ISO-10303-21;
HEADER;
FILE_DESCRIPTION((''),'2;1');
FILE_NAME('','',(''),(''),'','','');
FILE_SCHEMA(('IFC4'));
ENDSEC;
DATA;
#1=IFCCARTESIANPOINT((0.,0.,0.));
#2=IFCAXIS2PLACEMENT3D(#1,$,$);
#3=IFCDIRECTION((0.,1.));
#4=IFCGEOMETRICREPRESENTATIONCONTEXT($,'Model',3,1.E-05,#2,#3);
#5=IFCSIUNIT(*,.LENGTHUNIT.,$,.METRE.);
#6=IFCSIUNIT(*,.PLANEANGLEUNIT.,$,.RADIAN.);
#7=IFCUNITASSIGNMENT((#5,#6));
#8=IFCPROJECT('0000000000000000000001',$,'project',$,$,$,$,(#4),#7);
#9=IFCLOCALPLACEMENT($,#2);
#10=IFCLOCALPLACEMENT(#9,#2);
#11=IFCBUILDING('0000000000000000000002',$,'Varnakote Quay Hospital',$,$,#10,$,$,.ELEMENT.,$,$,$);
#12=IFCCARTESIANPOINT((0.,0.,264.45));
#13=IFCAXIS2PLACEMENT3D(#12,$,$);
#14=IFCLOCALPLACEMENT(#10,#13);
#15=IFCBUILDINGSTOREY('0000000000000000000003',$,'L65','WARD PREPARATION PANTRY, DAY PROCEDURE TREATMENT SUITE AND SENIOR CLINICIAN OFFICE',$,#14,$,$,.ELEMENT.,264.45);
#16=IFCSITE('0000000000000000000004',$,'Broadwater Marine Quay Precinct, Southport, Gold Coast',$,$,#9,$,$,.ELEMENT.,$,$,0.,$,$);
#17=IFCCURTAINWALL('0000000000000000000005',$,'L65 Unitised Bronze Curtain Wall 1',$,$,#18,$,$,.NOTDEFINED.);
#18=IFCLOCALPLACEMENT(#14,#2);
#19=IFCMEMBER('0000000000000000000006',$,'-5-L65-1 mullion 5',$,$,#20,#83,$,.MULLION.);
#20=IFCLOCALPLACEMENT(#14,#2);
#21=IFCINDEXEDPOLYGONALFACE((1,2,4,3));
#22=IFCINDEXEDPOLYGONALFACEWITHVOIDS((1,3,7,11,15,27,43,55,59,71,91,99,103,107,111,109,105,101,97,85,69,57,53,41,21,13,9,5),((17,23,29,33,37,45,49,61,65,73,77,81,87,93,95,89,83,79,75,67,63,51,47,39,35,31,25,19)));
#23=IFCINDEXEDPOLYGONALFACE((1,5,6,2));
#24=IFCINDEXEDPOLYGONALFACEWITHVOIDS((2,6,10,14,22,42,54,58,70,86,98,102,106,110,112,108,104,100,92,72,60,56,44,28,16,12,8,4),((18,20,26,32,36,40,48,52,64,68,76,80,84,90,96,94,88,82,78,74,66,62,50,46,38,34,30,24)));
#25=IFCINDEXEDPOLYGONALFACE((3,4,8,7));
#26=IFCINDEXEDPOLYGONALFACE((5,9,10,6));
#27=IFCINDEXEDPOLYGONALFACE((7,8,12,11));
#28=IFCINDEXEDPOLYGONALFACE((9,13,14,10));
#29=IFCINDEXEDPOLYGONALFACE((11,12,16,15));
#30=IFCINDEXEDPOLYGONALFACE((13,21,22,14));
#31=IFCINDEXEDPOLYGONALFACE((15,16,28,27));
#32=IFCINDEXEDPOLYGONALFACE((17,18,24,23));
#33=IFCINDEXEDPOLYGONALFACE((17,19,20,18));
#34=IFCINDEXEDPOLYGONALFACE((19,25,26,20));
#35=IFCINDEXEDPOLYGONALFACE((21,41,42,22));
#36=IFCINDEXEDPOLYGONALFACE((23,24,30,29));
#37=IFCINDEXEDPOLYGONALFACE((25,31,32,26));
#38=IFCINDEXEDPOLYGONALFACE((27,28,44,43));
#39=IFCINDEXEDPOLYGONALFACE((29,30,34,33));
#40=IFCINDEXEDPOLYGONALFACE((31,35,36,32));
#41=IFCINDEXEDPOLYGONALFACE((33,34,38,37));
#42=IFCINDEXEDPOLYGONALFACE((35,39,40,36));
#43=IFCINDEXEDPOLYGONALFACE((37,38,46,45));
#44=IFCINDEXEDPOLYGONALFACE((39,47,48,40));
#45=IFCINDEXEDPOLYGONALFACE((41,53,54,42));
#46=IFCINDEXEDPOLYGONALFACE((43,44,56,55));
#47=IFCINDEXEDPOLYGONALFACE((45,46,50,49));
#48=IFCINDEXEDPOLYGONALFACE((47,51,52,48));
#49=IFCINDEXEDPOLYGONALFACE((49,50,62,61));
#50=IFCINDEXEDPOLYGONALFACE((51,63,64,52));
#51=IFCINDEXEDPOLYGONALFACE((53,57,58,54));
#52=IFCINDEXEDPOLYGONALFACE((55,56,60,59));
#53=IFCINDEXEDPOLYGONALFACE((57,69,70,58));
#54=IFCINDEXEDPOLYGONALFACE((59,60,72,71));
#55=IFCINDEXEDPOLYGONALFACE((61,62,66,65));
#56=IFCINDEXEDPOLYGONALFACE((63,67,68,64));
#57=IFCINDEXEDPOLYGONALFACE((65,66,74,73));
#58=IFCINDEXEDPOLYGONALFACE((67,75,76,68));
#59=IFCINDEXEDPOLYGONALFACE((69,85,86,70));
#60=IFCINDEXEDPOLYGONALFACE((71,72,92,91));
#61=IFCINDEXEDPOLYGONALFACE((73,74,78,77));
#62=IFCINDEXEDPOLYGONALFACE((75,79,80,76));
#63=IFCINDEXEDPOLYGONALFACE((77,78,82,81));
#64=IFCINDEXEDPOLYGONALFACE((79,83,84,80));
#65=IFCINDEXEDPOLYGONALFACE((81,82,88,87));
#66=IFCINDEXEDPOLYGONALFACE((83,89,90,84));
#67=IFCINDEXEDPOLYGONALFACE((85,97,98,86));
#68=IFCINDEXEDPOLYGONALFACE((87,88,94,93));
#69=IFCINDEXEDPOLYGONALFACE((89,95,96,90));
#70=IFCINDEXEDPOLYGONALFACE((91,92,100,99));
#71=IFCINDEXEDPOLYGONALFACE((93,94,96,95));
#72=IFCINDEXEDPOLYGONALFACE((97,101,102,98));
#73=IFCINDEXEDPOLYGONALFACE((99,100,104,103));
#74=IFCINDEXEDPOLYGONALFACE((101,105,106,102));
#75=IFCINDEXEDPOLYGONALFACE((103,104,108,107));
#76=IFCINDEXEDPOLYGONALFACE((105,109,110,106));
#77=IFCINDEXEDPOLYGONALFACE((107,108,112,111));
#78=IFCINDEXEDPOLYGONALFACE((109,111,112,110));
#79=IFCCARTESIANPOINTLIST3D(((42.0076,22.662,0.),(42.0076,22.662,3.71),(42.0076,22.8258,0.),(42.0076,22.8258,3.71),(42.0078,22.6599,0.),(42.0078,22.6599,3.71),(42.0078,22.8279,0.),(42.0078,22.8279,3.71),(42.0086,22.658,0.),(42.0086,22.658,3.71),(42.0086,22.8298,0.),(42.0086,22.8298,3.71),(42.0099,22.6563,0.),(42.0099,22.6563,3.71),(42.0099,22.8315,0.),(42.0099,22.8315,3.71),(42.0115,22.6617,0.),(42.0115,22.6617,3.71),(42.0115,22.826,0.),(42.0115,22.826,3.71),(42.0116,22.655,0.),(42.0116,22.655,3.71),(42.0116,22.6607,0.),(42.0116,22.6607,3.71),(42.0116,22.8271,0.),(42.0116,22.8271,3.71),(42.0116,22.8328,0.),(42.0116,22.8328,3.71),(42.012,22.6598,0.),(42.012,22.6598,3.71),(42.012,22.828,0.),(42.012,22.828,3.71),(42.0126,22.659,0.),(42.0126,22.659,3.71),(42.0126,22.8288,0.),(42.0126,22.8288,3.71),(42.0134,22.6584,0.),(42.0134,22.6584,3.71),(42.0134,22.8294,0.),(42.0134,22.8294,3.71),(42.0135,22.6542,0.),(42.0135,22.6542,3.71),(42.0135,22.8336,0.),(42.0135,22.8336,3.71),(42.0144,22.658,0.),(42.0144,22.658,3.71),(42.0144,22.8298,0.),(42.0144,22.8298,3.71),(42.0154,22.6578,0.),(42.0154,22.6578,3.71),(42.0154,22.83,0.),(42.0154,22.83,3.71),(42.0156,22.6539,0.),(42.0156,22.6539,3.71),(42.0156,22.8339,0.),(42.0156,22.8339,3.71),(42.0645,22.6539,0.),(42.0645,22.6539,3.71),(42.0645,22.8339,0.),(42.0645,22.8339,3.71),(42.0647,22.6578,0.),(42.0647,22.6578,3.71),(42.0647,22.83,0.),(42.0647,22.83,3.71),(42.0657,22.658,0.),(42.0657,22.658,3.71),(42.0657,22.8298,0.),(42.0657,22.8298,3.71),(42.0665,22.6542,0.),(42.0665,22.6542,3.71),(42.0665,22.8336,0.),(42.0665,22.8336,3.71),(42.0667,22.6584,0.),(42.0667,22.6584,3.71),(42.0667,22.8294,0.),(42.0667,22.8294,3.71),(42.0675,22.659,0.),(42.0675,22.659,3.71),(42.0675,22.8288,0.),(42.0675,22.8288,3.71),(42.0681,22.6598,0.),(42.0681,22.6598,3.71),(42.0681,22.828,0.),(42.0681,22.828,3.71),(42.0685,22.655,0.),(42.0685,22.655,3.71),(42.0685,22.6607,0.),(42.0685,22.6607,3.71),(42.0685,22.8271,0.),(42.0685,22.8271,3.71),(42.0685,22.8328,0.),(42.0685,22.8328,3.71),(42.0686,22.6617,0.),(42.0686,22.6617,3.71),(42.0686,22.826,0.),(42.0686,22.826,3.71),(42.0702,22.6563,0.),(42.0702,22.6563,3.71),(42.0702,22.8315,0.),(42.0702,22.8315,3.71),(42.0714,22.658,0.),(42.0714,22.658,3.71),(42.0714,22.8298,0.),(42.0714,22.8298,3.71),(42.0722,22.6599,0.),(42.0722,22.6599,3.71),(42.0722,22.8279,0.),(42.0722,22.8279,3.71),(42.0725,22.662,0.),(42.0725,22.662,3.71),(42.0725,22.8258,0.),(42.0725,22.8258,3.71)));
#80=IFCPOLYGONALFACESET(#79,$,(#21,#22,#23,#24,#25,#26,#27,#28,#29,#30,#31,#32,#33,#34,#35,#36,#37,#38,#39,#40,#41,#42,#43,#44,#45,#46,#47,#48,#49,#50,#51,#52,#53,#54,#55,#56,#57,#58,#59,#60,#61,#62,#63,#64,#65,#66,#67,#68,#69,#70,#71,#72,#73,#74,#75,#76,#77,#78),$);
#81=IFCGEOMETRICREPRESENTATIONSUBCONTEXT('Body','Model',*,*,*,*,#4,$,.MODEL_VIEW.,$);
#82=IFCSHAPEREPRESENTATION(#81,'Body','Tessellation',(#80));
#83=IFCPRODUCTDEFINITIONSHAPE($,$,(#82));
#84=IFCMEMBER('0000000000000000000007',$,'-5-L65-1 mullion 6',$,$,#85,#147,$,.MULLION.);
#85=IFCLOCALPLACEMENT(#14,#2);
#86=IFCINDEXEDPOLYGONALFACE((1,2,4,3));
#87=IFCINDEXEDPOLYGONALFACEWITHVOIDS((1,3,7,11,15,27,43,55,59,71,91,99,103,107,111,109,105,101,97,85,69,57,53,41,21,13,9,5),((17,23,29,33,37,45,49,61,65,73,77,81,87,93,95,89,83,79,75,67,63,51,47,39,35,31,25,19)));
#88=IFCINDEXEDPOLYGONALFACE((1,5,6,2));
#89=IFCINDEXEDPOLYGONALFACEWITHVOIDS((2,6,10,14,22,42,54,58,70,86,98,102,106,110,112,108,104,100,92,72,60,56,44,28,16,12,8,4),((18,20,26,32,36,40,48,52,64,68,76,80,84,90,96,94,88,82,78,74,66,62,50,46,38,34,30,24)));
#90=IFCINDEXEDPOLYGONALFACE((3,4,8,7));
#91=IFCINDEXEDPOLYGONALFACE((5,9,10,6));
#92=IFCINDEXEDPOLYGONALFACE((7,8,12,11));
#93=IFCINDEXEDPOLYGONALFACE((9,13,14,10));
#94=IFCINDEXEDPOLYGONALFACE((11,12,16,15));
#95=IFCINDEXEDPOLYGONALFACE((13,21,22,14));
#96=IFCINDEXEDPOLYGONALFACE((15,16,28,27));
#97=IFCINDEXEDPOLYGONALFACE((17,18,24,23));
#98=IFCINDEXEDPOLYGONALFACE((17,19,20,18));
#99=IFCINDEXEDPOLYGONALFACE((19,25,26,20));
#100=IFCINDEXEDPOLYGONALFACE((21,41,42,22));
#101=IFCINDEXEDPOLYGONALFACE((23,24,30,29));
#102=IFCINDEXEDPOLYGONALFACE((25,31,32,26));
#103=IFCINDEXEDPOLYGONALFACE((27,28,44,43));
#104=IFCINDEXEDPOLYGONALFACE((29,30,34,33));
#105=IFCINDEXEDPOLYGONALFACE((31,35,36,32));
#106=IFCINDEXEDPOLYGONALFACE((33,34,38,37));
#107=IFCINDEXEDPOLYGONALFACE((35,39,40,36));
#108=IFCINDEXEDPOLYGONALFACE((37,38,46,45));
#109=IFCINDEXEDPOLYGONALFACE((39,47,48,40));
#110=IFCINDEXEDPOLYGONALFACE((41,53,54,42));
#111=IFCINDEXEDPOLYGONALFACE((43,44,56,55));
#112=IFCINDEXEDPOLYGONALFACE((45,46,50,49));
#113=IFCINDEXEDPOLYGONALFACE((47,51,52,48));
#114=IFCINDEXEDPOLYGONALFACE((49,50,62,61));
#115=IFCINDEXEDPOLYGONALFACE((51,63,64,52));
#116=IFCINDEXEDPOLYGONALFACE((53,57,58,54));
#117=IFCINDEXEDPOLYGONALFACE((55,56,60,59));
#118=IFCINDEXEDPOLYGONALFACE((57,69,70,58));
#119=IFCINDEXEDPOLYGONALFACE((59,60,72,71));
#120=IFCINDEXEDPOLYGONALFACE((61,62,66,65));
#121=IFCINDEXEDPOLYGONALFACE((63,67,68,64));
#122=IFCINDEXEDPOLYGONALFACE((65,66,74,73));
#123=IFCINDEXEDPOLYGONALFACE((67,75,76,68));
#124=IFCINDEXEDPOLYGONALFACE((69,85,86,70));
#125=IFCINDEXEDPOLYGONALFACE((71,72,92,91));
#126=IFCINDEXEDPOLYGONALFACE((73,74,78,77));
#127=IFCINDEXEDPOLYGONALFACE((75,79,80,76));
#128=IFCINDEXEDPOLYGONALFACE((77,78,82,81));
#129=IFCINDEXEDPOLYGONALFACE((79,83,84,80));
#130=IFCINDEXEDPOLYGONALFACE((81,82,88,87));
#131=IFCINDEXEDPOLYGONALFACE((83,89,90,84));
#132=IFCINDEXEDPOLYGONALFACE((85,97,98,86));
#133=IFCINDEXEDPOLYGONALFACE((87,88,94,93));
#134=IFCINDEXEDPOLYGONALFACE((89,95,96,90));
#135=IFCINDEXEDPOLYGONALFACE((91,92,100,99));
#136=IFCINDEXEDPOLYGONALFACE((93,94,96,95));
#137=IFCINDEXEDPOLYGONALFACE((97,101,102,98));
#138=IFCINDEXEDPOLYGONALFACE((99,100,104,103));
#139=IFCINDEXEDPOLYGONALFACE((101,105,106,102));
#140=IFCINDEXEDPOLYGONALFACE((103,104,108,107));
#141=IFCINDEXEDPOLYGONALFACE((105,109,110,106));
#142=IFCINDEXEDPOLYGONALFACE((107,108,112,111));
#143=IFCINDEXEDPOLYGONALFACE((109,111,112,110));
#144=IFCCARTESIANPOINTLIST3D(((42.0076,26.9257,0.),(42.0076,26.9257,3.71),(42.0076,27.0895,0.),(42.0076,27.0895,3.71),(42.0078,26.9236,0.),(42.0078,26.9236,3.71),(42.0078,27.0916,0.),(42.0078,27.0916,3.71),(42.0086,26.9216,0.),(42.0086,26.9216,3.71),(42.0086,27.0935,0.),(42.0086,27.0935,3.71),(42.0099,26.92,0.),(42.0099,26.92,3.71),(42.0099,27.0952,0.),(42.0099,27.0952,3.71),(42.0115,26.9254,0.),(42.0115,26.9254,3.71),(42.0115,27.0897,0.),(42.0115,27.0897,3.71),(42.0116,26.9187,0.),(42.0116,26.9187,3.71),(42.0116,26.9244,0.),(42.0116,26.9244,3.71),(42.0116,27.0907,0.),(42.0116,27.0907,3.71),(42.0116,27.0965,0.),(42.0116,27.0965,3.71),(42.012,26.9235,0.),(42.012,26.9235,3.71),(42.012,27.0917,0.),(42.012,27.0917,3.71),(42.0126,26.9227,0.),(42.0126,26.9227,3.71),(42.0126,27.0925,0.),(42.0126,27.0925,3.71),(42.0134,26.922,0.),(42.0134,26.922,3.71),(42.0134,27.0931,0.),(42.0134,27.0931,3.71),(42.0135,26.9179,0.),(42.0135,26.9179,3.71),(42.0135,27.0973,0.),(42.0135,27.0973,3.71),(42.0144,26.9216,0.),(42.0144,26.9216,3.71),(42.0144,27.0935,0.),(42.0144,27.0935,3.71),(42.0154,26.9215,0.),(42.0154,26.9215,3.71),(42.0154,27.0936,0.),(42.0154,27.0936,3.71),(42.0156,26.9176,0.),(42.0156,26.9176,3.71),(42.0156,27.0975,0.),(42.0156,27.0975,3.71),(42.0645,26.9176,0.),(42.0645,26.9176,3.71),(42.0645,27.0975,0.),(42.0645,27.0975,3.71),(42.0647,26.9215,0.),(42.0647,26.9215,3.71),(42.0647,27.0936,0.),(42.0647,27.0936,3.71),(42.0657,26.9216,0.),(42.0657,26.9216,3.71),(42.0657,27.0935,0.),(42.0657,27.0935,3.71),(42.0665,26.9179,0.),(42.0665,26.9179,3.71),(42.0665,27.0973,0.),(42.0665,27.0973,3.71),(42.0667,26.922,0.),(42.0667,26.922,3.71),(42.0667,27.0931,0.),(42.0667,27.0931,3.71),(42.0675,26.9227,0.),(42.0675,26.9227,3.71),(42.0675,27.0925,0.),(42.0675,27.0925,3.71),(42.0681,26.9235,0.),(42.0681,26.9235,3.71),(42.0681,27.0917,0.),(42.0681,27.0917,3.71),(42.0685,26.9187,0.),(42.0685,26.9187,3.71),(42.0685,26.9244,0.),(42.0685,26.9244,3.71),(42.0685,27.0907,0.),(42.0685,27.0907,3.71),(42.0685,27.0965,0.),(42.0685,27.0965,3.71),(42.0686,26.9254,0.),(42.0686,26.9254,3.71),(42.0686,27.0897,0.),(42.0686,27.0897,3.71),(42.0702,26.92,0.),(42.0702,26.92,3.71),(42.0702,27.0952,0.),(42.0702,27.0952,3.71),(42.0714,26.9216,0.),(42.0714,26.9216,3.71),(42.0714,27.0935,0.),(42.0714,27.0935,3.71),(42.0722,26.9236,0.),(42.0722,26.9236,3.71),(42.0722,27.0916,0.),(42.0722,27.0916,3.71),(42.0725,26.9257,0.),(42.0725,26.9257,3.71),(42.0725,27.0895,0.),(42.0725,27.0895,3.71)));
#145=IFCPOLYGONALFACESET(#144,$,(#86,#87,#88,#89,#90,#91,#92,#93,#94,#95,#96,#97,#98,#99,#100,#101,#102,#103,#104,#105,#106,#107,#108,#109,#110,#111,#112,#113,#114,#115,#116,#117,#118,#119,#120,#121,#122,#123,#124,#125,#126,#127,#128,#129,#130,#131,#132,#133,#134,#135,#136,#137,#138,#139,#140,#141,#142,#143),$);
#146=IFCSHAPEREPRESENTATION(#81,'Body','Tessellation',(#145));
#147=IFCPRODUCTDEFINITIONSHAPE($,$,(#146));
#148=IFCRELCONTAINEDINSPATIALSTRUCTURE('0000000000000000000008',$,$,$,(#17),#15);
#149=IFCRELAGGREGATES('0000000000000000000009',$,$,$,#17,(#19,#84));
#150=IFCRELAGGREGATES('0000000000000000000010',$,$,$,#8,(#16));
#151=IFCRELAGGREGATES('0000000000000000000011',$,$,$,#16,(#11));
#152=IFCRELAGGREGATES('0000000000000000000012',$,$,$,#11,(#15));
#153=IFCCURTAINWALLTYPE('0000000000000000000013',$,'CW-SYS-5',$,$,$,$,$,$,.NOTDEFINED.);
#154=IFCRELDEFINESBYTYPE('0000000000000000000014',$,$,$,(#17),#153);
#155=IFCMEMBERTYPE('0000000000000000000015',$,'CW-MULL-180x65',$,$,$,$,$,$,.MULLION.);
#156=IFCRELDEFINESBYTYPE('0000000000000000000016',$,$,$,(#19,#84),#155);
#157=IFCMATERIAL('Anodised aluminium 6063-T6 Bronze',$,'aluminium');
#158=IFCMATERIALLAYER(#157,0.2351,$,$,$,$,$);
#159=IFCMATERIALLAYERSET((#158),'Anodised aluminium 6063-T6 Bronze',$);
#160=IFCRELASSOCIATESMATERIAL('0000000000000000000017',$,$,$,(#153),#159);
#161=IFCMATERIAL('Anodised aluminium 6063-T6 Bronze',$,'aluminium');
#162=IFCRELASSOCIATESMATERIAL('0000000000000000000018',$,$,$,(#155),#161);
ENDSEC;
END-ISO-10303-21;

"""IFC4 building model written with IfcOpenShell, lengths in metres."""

from ifc_helpers import new_model, si_unit, direction, frame, origin, origin_2d, place, context, subcontext, project, spatial, hollow_rectangle, extrude, material, layer, layer_set, material_profile, profile_set, type_object, element, aggregate, save


model = new_model("IFC4")

# Units and contexts
model_context = context("Model", 3, precision=1e-05, world=origin(), true_north=direction((0.0, 1.0)))
body_context = subcontext(model_context, "Body", "Model", "MODEL_VIEW")
ifc_project = project(units=[si_unit("LENGTHUNIT", "METRE"), si_unit("PLANEANGLEUNIT", "RADIAN")], contexts=[model_context])

# Site, building, storey
site_placement = place(None, origin())
site = spatial("IfcSite", under=ifc_project, at=site_placement, Name="Broadwater Marine Quay Precinct, Southport, Gold Coast", CompositionType="ELEMENT", RefElevation=0.0)
building_placement = place(site_placement, origin())
building = spatial("IfcBuilding", under=site, at=building_placement, Name="Varnakote Quay Hospital", CompositionType="ELEMENT")
storey_placement = place(building_placement, frame((0.0, 0.0, 264.45)))
storey = spatial("IfcBuildingStorey", under=building, at=storey_placement, Name="L65", Description="WARD PREPARATION PANTRY, DAY PROCEDURE TREATMENT SUITE AND SENIOR CLINICIAN OFFICE", CompositionType="ELEMENT", Elevation=264.45)

# Curtain wall, members
ifc_material_1 = material(Name="Anodised aluminium 6063-T6 Bronze", Category="aluminium")
ifc_layer_1 = layer(ifc_material_1, 0.2351)
ifc_layer_set_1 = layer_set([ifc_layer_1], Name="Anodised aluminium 6063-T6 Bronze")
curtain_wall_type = type_object("IfcCurtainWallType", Name="CW-SYS-5", PredefinedType="NOTDEFINED", material=ifc_layer_set_1)
curtain_wall_1_placement = place(storey_placement, origin())
curtain_wall_1 = element("IfcCurtainWall", 1, at=curtain_wall_1_placement, inside=storey, type_object=curtain_wall_type, Name="L65 Unitised Bronze Curtain Wall 1", PredefinedType="NOTDEFINED")
ifc_material_2 = material(Name="Anodised aluminium 6063-T6 Bronze", Category="aluminium")
ifc_material_profile_1 = material_profile(ifc_material_2, hollow_rectangle(XDim=0.0649, YDim=0.1799, WallThickness=0.0039, InnerFilletRadius=0.0039, OuterFilletRadius=0.0081, at=origin_2d()), Name="CW-MULL-180x65")
ifc_profile_set_1 = profile_set([ifc_material_profile_1], Name="Anodised aluminium 6063-T6 Bronze")
member_type_1 = type_object("IfcMemberType", Name="CW-MULL-180x65", PredefinedType="MULLION", material=ifc_profile_set_1)
member_1_placement = place(storey_placement, frame((42.04, 22.7439, 0.0), z_axis=(0.0, 0.0, 1.0), x_axis=(-1.0, 0.0, 0.0)))
member_1 = element("IfcMember", 2, at=member_1_placement, type_object=member_type_1, Name="-5-L65-1 mullion 5", PredefinedType="MULLION", context=body_context, shape_type="SweptSolid", body=[
    extrude(hollow_rectangle(XDim=0.0649, YDim=0.1799, WallThickness=0.0039, InnerFilletRadius=0.0039, OuterFilletRadius=0.0081, at=origin_2d()), origin(), (0.0, 0.0, 1.0), 3.71),
])
member_2_placement = place(storey_placement, frame((42.04, 27.0076, 0.0), z_axis=(0.0, 0.0, 1.0), x_axis=(-1.0, 0.0, 0.0)))
member_2 = element("IfcMember", 3, at=member_2_placement, type_object=member_type_1, Name="-5-L65-1 mullion 6", PredefinedType="MULLION", context=body_context, shape_type="SweptSolid", body=[
    extrude(hollow_rectangle(XDim=0.0649, YDim=0.1799, WallThickness=0.0039, InnerFilletRadius=0.0039, OuterFilletRadius=0.0081, at=origin_2d()), origin(), (0.0, 0.0, 1.0), 3.71),
])

aggregate(curtain_wall_1, [member_1, member_2])

save(model, "model.ifc")
